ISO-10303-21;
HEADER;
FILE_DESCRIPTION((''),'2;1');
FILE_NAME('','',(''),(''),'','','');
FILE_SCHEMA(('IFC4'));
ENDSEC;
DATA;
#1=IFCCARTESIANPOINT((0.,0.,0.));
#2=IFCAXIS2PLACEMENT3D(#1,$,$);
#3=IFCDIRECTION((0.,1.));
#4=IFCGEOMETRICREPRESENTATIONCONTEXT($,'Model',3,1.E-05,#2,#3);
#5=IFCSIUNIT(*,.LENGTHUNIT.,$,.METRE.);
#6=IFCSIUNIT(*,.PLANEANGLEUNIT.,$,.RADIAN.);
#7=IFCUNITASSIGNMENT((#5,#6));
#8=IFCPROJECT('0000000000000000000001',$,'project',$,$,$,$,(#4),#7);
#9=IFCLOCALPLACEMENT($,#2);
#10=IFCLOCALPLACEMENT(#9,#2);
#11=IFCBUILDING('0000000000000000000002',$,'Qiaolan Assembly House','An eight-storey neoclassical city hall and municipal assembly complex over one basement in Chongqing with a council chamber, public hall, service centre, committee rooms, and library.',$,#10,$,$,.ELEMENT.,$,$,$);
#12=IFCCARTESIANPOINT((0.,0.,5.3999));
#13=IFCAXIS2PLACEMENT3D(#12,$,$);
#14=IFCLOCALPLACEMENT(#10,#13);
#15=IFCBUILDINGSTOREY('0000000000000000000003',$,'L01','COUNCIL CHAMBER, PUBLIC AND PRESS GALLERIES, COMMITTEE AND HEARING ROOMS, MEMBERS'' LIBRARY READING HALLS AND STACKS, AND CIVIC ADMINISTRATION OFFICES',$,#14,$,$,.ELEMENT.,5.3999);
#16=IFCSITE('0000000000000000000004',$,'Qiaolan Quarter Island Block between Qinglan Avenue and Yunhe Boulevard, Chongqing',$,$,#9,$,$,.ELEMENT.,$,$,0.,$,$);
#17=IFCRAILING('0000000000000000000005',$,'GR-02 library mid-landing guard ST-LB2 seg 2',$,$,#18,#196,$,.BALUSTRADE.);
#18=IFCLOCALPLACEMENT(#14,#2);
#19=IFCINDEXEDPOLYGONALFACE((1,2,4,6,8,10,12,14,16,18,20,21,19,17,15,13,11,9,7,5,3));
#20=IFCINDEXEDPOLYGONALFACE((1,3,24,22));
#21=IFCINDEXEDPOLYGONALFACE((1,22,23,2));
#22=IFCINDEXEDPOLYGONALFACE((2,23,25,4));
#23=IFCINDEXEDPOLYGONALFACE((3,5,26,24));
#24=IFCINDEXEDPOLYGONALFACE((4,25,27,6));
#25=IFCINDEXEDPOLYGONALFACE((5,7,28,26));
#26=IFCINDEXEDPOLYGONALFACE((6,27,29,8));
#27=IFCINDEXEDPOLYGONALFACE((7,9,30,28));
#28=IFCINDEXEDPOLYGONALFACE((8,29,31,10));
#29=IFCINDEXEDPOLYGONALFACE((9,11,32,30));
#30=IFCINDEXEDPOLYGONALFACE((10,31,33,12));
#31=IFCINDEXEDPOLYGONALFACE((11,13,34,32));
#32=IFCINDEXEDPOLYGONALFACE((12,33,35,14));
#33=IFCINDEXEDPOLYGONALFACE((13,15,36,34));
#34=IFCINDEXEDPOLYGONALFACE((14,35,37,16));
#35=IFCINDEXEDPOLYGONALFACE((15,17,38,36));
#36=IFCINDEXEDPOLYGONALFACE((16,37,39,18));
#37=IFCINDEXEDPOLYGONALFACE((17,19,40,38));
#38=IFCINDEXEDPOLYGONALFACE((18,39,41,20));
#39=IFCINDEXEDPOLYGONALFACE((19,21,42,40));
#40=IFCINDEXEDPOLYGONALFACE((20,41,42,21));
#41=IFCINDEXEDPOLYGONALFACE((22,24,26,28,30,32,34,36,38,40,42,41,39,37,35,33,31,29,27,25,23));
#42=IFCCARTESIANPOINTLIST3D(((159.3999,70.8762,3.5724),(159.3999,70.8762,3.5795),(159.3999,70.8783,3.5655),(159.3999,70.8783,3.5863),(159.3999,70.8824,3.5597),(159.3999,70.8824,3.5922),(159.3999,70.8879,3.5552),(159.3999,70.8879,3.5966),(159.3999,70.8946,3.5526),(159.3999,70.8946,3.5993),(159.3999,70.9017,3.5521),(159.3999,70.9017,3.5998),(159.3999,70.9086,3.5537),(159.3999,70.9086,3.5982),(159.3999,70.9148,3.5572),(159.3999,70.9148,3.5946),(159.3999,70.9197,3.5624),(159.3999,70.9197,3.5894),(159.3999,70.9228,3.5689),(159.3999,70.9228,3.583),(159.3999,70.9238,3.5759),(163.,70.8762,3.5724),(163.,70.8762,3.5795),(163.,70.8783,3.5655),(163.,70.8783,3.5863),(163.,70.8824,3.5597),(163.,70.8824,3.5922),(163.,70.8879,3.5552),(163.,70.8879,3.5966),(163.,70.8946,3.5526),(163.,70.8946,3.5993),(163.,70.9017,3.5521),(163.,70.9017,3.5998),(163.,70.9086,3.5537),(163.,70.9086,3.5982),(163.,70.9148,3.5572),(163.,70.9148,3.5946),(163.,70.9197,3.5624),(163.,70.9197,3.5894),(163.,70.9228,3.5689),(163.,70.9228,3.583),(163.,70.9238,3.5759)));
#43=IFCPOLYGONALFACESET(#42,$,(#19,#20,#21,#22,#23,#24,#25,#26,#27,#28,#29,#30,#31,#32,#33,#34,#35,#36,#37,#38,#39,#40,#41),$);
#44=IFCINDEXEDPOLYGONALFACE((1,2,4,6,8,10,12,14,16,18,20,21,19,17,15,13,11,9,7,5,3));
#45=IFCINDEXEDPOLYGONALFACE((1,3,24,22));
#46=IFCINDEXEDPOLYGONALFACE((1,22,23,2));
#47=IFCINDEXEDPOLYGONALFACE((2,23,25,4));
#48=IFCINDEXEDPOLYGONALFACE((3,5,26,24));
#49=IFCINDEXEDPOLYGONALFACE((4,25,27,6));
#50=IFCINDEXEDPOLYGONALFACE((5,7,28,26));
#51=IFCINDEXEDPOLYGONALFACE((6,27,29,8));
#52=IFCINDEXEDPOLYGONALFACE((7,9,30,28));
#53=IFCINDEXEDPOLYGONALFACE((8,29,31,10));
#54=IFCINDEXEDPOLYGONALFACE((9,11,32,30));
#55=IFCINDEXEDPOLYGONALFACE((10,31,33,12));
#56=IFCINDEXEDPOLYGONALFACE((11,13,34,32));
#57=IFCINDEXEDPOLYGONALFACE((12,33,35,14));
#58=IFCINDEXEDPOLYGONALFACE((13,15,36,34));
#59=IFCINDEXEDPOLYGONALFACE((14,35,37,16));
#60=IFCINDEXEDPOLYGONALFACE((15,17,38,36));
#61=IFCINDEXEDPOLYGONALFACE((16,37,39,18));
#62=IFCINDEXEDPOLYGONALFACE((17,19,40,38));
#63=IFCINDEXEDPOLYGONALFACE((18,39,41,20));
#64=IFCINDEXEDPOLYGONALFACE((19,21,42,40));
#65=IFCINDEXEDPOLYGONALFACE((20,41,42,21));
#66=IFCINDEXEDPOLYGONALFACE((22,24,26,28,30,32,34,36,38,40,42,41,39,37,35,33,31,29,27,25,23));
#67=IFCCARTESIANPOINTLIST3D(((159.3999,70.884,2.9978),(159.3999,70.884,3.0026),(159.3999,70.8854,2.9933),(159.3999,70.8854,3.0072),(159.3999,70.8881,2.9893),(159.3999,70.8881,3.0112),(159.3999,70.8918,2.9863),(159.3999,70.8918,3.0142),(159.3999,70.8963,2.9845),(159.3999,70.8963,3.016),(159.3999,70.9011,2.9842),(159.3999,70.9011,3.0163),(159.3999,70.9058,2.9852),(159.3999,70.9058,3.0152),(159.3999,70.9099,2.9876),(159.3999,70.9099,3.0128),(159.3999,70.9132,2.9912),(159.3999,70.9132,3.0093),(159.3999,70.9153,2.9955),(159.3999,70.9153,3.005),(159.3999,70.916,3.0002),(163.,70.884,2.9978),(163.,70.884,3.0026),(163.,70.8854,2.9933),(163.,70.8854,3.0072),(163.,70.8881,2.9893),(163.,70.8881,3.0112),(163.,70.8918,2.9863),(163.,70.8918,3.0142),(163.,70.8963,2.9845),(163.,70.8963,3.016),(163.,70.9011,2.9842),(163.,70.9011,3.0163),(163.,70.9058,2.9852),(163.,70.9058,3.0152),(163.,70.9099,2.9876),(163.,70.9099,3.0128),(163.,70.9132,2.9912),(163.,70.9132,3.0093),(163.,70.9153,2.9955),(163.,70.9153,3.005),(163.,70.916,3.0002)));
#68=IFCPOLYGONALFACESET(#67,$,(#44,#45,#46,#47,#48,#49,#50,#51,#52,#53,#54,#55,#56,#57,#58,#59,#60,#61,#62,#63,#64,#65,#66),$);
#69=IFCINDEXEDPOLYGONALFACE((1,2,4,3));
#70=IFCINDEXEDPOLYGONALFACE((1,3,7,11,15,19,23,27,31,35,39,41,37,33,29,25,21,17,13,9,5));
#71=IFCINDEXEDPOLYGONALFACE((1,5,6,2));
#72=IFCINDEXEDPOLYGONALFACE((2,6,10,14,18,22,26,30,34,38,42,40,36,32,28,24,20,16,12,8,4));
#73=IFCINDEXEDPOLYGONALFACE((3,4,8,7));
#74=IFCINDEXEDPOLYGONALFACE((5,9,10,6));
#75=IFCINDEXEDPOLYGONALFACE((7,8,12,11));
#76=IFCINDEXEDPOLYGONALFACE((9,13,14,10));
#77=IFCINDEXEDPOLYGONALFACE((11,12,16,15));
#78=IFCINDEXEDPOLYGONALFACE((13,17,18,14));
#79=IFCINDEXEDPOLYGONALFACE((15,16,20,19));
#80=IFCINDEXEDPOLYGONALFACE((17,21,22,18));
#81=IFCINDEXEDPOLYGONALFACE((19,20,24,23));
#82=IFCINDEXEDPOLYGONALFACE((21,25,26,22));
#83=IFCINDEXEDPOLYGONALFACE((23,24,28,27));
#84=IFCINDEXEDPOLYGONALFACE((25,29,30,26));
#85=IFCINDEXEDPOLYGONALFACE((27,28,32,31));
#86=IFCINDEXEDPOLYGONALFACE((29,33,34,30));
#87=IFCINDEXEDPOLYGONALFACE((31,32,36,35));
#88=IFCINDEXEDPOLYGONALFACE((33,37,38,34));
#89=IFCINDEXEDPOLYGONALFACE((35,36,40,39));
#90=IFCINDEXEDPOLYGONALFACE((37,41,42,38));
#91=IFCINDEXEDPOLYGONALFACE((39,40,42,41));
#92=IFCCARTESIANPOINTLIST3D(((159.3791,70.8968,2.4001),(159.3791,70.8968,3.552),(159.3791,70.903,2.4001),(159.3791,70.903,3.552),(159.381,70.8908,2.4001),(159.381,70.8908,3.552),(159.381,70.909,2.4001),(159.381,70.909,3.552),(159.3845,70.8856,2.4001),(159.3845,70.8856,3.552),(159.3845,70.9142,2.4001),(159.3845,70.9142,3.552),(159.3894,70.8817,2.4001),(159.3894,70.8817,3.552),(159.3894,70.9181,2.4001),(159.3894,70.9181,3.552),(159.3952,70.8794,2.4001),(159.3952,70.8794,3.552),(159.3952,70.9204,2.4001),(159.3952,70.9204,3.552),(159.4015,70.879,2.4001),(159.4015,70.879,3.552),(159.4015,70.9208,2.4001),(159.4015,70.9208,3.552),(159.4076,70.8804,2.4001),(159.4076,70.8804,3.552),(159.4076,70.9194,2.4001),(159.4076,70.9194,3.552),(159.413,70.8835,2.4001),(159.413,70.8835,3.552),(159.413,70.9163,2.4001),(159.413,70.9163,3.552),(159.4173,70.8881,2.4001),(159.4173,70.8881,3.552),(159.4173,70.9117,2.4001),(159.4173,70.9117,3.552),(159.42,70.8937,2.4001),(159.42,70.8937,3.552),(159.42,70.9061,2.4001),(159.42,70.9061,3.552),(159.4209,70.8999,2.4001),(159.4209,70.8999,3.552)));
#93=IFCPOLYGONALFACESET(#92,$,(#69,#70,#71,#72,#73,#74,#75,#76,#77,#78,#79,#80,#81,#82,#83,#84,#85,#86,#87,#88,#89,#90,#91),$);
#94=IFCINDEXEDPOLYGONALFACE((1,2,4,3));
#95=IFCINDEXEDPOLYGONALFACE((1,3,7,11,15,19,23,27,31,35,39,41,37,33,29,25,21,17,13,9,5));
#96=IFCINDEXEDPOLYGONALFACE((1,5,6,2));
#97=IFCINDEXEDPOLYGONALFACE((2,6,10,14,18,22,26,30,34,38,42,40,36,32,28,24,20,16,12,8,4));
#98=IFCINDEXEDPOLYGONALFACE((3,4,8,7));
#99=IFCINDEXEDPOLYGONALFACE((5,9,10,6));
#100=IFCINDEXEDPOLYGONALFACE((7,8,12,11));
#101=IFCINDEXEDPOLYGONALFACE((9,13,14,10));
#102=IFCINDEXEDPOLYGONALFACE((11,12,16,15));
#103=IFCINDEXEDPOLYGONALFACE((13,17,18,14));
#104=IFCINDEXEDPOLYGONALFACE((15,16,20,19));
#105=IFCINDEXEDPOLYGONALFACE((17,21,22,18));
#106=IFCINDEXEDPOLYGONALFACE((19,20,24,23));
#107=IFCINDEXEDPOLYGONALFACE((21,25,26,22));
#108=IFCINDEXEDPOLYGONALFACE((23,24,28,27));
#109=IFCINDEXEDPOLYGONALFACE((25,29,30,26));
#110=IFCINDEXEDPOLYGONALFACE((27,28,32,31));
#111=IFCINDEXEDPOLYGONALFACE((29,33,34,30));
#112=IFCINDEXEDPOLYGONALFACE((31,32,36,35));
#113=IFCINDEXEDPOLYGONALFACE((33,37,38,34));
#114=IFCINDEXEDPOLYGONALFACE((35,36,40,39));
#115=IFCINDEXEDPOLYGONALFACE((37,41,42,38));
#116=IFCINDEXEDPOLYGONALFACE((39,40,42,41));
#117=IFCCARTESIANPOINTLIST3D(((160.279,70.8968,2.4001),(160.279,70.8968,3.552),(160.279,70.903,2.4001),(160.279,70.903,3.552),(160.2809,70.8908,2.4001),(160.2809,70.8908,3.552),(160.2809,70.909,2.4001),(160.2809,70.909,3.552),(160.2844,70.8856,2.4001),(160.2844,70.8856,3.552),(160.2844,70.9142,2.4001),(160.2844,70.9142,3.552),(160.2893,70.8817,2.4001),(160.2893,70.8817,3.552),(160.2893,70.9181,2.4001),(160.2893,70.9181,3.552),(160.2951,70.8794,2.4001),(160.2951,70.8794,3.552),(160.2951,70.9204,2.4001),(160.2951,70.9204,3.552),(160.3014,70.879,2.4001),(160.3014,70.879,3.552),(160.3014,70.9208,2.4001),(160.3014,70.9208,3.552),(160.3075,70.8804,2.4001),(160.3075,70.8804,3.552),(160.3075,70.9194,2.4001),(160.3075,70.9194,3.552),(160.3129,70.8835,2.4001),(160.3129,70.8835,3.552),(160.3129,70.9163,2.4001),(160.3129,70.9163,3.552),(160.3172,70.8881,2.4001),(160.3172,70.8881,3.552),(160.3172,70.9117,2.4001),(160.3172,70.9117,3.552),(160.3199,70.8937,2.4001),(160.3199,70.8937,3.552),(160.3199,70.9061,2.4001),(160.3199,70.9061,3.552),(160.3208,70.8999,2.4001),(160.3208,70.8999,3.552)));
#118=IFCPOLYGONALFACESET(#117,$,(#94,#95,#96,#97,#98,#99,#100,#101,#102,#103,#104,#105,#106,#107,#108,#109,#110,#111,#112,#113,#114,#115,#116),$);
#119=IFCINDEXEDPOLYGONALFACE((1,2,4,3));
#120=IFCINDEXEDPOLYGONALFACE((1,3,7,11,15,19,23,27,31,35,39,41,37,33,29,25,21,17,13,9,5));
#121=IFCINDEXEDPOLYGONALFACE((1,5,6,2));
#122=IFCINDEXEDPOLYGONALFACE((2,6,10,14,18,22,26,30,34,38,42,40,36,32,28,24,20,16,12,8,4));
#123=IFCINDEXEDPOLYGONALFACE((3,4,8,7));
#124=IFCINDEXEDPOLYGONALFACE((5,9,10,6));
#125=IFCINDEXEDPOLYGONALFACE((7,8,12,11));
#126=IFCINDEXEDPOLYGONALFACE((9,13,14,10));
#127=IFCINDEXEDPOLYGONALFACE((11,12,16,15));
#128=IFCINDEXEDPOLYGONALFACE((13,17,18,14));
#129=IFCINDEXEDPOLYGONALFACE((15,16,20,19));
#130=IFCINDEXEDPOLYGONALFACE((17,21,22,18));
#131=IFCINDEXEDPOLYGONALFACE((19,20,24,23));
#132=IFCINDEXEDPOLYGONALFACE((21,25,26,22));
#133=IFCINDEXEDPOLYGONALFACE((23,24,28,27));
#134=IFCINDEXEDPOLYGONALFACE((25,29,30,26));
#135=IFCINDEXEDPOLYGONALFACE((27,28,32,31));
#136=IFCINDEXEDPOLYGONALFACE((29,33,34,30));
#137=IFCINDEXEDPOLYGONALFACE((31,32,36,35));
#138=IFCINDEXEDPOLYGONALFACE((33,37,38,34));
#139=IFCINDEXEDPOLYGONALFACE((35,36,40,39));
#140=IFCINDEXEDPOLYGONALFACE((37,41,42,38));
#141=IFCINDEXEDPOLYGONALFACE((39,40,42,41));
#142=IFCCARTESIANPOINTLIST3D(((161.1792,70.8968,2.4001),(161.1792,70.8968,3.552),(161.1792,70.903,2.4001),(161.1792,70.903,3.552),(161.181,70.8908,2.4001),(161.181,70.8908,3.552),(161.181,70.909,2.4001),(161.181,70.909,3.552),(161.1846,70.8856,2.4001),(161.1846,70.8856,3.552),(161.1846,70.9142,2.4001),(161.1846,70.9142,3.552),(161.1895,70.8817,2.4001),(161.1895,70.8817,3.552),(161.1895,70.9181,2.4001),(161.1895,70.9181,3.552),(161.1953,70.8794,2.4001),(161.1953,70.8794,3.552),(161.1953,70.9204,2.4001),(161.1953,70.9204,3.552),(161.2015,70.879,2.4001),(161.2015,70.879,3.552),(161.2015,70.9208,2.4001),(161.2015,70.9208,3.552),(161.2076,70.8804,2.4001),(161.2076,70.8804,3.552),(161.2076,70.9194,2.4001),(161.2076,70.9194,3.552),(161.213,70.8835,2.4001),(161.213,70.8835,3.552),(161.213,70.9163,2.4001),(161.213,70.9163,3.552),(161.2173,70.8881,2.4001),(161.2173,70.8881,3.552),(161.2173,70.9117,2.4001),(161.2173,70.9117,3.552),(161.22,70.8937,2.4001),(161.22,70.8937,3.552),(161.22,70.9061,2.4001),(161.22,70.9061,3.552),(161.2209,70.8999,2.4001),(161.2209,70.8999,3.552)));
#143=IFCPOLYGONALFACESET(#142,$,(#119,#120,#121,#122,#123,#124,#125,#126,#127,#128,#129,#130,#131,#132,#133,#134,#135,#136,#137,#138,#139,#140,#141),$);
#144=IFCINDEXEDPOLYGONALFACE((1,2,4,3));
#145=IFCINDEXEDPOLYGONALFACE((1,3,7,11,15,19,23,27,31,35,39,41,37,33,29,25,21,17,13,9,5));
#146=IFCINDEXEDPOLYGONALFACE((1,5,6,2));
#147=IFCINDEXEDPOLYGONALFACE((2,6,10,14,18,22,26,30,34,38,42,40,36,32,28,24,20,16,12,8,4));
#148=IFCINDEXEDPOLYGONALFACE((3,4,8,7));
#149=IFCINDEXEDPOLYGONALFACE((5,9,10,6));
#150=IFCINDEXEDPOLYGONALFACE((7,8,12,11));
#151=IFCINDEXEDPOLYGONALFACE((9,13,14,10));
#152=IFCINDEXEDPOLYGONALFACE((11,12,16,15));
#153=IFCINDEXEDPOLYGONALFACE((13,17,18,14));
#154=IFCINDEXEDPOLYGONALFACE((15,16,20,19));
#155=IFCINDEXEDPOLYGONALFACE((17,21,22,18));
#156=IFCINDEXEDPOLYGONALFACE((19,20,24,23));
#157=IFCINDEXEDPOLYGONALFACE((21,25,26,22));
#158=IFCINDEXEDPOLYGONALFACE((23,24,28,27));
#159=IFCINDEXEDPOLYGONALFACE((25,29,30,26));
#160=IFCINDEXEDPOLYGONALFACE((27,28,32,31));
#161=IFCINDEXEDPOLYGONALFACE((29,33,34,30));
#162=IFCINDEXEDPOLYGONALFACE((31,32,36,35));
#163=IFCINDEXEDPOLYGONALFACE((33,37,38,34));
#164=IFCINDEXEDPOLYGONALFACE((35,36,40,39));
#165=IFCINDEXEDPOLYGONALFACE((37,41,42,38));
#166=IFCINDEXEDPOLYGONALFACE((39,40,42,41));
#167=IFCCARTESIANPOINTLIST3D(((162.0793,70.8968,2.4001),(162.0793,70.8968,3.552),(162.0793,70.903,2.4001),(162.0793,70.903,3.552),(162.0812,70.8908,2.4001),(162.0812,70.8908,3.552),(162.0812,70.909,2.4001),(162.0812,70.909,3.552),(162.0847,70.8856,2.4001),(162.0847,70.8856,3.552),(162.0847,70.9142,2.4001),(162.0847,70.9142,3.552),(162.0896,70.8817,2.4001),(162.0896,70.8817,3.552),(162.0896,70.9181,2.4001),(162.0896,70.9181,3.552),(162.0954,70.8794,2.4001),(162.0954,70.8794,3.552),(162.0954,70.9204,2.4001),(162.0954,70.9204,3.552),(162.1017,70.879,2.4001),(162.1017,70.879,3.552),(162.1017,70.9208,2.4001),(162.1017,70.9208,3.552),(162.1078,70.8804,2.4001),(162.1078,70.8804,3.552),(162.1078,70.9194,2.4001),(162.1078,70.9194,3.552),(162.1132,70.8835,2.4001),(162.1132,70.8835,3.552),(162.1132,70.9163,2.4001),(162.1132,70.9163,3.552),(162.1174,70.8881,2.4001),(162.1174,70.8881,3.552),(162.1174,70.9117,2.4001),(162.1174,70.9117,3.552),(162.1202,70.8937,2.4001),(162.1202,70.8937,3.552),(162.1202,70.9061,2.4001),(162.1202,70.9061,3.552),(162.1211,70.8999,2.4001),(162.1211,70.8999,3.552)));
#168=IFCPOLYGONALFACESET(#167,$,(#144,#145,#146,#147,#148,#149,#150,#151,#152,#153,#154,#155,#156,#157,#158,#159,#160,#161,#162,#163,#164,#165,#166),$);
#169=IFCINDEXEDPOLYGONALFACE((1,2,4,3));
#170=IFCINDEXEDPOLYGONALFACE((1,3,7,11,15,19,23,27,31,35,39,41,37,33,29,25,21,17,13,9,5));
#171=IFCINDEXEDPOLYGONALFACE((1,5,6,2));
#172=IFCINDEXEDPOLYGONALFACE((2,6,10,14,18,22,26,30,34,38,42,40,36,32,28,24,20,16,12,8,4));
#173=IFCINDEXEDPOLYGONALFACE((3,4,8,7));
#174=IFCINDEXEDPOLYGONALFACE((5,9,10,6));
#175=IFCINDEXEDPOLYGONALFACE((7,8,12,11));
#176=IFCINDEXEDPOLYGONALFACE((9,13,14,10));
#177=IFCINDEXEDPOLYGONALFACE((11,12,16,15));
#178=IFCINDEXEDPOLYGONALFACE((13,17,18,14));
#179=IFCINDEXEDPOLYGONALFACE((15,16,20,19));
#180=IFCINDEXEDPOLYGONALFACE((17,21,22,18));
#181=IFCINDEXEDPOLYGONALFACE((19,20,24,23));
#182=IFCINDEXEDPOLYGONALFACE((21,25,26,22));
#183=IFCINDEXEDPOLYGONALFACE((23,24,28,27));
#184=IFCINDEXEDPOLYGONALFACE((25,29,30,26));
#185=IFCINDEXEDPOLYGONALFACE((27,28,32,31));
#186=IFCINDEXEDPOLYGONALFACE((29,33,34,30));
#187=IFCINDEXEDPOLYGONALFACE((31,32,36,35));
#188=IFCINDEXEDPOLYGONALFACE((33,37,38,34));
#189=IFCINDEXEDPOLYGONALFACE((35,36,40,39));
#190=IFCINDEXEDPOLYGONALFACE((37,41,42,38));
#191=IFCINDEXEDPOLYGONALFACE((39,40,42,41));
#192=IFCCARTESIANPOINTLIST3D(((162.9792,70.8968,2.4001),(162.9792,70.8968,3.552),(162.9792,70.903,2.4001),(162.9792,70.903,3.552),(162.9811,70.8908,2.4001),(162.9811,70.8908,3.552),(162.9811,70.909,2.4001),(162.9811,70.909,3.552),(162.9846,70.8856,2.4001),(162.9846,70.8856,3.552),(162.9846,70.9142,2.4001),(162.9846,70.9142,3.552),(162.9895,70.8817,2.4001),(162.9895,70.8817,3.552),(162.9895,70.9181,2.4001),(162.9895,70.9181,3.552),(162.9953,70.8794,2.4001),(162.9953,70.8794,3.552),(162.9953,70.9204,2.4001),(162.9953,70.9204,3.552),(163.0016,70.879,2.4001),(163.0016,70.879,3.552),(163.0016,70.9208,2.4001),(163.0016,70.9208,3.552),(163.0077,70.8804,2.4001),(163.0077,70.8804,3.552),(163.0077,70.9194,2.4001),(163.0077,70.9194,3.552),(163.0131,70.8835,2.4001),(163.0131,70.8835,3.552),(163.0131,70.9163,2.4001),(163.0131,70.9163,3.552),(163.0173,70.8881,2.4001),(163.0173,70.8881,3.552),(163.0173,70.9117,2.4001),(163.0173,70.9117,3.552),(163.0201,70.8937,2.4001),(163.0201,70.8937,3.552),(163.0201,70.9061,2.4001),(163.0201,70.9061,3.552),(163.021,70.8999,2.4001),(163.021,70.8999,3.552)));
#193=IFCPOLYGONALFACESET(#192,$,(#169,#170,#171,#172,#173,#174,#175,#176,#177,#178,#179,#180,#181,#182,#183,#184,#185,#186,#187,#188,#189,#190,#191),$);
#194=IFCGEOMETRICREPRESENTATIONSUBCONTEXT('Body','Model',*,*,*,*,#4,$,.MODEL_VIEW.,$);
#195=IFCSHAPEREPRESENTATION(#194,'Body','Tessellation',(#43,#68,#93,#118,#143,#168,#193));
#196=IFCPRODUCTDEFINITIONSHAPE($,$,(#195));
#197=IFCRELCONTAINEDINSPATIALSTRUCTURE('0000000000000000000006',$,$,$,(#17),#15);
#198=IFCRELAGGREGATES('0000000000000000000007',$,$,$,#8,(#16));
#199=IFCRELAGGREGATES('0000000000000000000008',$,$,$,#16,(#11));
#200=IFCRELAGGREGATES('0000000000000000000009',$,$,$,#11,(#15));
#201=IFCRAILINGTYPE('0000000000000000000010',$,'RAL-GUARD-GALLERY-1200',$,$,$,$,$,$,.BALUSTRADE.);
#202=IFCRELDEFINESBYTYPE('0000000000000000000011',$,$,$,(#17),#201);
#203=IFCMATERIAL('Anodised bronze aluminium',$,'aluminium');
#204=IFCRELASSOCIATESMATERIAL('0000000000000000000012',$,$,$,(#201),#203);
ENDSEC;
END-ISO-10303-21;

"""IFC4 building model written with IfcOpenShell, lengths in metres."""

from ifc_helpers import new_model, si_unit, direction, frame, origin, origin_2d, place, context, subcontext, project, spatial, circle, extrude, material, type_object, element, save


model = new_model("IFC4")

# Units and contexts
model_context = context("Model", 3, precision=1e-05, world=origin(), true_north=direction((0.0, 1.0)))
body_context = subcontext(model_context, "Body", "Model", "MODEL_VIEW")
ifc_project = project(units=[si_unit("LENGTHUNIT", "METRE"), si_unit("PLANEANGLEUNIT", "RADIAN")], contexts=[model_context])

# Site, building, storey
site_placement = place(None, origin())
site = spatial("IfcSite", under=ifc_project, at=site_placement, Name="Qiaolan Quarter Island Block between Qinglan Avenue and Yunhe Boulevard, Chongqing", CompositionType="ELEMENT", RefElevation=0.0)
building_placement = place(site_placement, origin())
building = spatial("IfcBuilding", under=site, at=building_placement, Name="Qiaolan Assembly House", Description="An eight-storey neoclassical city hall and municipal assembly complex over one basement in Chongqing with a council chamber, public hall, service centre, committee rooms, and library.", CompositionType="ELEMENT")
storey_placement = place(building_placement, frame((0.0, 0.0, 5.3999)))
storey = spatial("IfcBuildingStorey", under=building, at=storey_placement, Name="L01", Description="COUNCIL CHAMBER, PUBLIC AND PRESS GALLERIES, COMMITTEE AND HEARING ROOMS, MEMBERS' LIBRARY READING HALLS AND STACKS, AND CIVIC ADMINISTRATION OFFICES", CompositionType="ELEMENT", Elevation=5.3999)

# Railing
ifc_material_1 = material(Name="Anodised bronze aluminium", Category="aluminium")
railing_type = type_object("IfcRailingType", Name="RAL-GUARD-GALLERY-1200", PredefinedType="BALUSTRADE", material=ifc_material_1)
railing_1_placement = place(storey_placement, frame((159.3999, 70.8999, 2.4001)))
element("IfcRailing", 1, at=railing_1_placement, inside=storey, type_object=railing_type, Name="GR-02 library mid-landing guard ST-LB2 seg 2", PredefinedType="BALUSTRADE", context=body_context, shape_type="SweptSolid", body=[
    extrude(circle(Radius=0.0239, at=origin_2d()), frame((0.0, 0.0, 1.1758), z_axis=(1.0, 0.0, 0.0), x_axis=(0.0, 1.0, 0.0)), (0.0, 0.0, 1.0), 3.6001),
    extrude(circle(Radius=0.0161, at=origin_2d()), frame((0.0, 0.0, 0.6001), z_axis=(1.0, 0.0, 0.0), x_axis=(0.0, 1.0, 0.0)), (0.0, 0.0, 1.0), 3.6001),
    extrude(circle(Radius=0.021, at=origin_2d()), origin(), (0.0, 0.0, 1.0), 1.1519),
    extrude(circle(Radius=0.021, at=origin_2d()), frame((0.8999, 0.0, 0.0)), (0.0, 0.0, 1.0), 1.1519),
    extrude(circle(Radius=0.021, at=origin_2d()), frame((1.8, 0.0, 0.0)), (0.0, 0.0, 1.0), 1.1519),
    extrude(circle(Radius=0.021, at=origin_2d()), frame((2.7002, 0.0, 0.0)), (0.0, 0.0, 1.0), 1.1519),
    extrude(circle(Radius=0.021, at=origin_2d()), frame((3.6001, 0.0, 0.0)), (0.0, 0.0, 1.0), 1.1519),
])

save(model, "model.ifc")
